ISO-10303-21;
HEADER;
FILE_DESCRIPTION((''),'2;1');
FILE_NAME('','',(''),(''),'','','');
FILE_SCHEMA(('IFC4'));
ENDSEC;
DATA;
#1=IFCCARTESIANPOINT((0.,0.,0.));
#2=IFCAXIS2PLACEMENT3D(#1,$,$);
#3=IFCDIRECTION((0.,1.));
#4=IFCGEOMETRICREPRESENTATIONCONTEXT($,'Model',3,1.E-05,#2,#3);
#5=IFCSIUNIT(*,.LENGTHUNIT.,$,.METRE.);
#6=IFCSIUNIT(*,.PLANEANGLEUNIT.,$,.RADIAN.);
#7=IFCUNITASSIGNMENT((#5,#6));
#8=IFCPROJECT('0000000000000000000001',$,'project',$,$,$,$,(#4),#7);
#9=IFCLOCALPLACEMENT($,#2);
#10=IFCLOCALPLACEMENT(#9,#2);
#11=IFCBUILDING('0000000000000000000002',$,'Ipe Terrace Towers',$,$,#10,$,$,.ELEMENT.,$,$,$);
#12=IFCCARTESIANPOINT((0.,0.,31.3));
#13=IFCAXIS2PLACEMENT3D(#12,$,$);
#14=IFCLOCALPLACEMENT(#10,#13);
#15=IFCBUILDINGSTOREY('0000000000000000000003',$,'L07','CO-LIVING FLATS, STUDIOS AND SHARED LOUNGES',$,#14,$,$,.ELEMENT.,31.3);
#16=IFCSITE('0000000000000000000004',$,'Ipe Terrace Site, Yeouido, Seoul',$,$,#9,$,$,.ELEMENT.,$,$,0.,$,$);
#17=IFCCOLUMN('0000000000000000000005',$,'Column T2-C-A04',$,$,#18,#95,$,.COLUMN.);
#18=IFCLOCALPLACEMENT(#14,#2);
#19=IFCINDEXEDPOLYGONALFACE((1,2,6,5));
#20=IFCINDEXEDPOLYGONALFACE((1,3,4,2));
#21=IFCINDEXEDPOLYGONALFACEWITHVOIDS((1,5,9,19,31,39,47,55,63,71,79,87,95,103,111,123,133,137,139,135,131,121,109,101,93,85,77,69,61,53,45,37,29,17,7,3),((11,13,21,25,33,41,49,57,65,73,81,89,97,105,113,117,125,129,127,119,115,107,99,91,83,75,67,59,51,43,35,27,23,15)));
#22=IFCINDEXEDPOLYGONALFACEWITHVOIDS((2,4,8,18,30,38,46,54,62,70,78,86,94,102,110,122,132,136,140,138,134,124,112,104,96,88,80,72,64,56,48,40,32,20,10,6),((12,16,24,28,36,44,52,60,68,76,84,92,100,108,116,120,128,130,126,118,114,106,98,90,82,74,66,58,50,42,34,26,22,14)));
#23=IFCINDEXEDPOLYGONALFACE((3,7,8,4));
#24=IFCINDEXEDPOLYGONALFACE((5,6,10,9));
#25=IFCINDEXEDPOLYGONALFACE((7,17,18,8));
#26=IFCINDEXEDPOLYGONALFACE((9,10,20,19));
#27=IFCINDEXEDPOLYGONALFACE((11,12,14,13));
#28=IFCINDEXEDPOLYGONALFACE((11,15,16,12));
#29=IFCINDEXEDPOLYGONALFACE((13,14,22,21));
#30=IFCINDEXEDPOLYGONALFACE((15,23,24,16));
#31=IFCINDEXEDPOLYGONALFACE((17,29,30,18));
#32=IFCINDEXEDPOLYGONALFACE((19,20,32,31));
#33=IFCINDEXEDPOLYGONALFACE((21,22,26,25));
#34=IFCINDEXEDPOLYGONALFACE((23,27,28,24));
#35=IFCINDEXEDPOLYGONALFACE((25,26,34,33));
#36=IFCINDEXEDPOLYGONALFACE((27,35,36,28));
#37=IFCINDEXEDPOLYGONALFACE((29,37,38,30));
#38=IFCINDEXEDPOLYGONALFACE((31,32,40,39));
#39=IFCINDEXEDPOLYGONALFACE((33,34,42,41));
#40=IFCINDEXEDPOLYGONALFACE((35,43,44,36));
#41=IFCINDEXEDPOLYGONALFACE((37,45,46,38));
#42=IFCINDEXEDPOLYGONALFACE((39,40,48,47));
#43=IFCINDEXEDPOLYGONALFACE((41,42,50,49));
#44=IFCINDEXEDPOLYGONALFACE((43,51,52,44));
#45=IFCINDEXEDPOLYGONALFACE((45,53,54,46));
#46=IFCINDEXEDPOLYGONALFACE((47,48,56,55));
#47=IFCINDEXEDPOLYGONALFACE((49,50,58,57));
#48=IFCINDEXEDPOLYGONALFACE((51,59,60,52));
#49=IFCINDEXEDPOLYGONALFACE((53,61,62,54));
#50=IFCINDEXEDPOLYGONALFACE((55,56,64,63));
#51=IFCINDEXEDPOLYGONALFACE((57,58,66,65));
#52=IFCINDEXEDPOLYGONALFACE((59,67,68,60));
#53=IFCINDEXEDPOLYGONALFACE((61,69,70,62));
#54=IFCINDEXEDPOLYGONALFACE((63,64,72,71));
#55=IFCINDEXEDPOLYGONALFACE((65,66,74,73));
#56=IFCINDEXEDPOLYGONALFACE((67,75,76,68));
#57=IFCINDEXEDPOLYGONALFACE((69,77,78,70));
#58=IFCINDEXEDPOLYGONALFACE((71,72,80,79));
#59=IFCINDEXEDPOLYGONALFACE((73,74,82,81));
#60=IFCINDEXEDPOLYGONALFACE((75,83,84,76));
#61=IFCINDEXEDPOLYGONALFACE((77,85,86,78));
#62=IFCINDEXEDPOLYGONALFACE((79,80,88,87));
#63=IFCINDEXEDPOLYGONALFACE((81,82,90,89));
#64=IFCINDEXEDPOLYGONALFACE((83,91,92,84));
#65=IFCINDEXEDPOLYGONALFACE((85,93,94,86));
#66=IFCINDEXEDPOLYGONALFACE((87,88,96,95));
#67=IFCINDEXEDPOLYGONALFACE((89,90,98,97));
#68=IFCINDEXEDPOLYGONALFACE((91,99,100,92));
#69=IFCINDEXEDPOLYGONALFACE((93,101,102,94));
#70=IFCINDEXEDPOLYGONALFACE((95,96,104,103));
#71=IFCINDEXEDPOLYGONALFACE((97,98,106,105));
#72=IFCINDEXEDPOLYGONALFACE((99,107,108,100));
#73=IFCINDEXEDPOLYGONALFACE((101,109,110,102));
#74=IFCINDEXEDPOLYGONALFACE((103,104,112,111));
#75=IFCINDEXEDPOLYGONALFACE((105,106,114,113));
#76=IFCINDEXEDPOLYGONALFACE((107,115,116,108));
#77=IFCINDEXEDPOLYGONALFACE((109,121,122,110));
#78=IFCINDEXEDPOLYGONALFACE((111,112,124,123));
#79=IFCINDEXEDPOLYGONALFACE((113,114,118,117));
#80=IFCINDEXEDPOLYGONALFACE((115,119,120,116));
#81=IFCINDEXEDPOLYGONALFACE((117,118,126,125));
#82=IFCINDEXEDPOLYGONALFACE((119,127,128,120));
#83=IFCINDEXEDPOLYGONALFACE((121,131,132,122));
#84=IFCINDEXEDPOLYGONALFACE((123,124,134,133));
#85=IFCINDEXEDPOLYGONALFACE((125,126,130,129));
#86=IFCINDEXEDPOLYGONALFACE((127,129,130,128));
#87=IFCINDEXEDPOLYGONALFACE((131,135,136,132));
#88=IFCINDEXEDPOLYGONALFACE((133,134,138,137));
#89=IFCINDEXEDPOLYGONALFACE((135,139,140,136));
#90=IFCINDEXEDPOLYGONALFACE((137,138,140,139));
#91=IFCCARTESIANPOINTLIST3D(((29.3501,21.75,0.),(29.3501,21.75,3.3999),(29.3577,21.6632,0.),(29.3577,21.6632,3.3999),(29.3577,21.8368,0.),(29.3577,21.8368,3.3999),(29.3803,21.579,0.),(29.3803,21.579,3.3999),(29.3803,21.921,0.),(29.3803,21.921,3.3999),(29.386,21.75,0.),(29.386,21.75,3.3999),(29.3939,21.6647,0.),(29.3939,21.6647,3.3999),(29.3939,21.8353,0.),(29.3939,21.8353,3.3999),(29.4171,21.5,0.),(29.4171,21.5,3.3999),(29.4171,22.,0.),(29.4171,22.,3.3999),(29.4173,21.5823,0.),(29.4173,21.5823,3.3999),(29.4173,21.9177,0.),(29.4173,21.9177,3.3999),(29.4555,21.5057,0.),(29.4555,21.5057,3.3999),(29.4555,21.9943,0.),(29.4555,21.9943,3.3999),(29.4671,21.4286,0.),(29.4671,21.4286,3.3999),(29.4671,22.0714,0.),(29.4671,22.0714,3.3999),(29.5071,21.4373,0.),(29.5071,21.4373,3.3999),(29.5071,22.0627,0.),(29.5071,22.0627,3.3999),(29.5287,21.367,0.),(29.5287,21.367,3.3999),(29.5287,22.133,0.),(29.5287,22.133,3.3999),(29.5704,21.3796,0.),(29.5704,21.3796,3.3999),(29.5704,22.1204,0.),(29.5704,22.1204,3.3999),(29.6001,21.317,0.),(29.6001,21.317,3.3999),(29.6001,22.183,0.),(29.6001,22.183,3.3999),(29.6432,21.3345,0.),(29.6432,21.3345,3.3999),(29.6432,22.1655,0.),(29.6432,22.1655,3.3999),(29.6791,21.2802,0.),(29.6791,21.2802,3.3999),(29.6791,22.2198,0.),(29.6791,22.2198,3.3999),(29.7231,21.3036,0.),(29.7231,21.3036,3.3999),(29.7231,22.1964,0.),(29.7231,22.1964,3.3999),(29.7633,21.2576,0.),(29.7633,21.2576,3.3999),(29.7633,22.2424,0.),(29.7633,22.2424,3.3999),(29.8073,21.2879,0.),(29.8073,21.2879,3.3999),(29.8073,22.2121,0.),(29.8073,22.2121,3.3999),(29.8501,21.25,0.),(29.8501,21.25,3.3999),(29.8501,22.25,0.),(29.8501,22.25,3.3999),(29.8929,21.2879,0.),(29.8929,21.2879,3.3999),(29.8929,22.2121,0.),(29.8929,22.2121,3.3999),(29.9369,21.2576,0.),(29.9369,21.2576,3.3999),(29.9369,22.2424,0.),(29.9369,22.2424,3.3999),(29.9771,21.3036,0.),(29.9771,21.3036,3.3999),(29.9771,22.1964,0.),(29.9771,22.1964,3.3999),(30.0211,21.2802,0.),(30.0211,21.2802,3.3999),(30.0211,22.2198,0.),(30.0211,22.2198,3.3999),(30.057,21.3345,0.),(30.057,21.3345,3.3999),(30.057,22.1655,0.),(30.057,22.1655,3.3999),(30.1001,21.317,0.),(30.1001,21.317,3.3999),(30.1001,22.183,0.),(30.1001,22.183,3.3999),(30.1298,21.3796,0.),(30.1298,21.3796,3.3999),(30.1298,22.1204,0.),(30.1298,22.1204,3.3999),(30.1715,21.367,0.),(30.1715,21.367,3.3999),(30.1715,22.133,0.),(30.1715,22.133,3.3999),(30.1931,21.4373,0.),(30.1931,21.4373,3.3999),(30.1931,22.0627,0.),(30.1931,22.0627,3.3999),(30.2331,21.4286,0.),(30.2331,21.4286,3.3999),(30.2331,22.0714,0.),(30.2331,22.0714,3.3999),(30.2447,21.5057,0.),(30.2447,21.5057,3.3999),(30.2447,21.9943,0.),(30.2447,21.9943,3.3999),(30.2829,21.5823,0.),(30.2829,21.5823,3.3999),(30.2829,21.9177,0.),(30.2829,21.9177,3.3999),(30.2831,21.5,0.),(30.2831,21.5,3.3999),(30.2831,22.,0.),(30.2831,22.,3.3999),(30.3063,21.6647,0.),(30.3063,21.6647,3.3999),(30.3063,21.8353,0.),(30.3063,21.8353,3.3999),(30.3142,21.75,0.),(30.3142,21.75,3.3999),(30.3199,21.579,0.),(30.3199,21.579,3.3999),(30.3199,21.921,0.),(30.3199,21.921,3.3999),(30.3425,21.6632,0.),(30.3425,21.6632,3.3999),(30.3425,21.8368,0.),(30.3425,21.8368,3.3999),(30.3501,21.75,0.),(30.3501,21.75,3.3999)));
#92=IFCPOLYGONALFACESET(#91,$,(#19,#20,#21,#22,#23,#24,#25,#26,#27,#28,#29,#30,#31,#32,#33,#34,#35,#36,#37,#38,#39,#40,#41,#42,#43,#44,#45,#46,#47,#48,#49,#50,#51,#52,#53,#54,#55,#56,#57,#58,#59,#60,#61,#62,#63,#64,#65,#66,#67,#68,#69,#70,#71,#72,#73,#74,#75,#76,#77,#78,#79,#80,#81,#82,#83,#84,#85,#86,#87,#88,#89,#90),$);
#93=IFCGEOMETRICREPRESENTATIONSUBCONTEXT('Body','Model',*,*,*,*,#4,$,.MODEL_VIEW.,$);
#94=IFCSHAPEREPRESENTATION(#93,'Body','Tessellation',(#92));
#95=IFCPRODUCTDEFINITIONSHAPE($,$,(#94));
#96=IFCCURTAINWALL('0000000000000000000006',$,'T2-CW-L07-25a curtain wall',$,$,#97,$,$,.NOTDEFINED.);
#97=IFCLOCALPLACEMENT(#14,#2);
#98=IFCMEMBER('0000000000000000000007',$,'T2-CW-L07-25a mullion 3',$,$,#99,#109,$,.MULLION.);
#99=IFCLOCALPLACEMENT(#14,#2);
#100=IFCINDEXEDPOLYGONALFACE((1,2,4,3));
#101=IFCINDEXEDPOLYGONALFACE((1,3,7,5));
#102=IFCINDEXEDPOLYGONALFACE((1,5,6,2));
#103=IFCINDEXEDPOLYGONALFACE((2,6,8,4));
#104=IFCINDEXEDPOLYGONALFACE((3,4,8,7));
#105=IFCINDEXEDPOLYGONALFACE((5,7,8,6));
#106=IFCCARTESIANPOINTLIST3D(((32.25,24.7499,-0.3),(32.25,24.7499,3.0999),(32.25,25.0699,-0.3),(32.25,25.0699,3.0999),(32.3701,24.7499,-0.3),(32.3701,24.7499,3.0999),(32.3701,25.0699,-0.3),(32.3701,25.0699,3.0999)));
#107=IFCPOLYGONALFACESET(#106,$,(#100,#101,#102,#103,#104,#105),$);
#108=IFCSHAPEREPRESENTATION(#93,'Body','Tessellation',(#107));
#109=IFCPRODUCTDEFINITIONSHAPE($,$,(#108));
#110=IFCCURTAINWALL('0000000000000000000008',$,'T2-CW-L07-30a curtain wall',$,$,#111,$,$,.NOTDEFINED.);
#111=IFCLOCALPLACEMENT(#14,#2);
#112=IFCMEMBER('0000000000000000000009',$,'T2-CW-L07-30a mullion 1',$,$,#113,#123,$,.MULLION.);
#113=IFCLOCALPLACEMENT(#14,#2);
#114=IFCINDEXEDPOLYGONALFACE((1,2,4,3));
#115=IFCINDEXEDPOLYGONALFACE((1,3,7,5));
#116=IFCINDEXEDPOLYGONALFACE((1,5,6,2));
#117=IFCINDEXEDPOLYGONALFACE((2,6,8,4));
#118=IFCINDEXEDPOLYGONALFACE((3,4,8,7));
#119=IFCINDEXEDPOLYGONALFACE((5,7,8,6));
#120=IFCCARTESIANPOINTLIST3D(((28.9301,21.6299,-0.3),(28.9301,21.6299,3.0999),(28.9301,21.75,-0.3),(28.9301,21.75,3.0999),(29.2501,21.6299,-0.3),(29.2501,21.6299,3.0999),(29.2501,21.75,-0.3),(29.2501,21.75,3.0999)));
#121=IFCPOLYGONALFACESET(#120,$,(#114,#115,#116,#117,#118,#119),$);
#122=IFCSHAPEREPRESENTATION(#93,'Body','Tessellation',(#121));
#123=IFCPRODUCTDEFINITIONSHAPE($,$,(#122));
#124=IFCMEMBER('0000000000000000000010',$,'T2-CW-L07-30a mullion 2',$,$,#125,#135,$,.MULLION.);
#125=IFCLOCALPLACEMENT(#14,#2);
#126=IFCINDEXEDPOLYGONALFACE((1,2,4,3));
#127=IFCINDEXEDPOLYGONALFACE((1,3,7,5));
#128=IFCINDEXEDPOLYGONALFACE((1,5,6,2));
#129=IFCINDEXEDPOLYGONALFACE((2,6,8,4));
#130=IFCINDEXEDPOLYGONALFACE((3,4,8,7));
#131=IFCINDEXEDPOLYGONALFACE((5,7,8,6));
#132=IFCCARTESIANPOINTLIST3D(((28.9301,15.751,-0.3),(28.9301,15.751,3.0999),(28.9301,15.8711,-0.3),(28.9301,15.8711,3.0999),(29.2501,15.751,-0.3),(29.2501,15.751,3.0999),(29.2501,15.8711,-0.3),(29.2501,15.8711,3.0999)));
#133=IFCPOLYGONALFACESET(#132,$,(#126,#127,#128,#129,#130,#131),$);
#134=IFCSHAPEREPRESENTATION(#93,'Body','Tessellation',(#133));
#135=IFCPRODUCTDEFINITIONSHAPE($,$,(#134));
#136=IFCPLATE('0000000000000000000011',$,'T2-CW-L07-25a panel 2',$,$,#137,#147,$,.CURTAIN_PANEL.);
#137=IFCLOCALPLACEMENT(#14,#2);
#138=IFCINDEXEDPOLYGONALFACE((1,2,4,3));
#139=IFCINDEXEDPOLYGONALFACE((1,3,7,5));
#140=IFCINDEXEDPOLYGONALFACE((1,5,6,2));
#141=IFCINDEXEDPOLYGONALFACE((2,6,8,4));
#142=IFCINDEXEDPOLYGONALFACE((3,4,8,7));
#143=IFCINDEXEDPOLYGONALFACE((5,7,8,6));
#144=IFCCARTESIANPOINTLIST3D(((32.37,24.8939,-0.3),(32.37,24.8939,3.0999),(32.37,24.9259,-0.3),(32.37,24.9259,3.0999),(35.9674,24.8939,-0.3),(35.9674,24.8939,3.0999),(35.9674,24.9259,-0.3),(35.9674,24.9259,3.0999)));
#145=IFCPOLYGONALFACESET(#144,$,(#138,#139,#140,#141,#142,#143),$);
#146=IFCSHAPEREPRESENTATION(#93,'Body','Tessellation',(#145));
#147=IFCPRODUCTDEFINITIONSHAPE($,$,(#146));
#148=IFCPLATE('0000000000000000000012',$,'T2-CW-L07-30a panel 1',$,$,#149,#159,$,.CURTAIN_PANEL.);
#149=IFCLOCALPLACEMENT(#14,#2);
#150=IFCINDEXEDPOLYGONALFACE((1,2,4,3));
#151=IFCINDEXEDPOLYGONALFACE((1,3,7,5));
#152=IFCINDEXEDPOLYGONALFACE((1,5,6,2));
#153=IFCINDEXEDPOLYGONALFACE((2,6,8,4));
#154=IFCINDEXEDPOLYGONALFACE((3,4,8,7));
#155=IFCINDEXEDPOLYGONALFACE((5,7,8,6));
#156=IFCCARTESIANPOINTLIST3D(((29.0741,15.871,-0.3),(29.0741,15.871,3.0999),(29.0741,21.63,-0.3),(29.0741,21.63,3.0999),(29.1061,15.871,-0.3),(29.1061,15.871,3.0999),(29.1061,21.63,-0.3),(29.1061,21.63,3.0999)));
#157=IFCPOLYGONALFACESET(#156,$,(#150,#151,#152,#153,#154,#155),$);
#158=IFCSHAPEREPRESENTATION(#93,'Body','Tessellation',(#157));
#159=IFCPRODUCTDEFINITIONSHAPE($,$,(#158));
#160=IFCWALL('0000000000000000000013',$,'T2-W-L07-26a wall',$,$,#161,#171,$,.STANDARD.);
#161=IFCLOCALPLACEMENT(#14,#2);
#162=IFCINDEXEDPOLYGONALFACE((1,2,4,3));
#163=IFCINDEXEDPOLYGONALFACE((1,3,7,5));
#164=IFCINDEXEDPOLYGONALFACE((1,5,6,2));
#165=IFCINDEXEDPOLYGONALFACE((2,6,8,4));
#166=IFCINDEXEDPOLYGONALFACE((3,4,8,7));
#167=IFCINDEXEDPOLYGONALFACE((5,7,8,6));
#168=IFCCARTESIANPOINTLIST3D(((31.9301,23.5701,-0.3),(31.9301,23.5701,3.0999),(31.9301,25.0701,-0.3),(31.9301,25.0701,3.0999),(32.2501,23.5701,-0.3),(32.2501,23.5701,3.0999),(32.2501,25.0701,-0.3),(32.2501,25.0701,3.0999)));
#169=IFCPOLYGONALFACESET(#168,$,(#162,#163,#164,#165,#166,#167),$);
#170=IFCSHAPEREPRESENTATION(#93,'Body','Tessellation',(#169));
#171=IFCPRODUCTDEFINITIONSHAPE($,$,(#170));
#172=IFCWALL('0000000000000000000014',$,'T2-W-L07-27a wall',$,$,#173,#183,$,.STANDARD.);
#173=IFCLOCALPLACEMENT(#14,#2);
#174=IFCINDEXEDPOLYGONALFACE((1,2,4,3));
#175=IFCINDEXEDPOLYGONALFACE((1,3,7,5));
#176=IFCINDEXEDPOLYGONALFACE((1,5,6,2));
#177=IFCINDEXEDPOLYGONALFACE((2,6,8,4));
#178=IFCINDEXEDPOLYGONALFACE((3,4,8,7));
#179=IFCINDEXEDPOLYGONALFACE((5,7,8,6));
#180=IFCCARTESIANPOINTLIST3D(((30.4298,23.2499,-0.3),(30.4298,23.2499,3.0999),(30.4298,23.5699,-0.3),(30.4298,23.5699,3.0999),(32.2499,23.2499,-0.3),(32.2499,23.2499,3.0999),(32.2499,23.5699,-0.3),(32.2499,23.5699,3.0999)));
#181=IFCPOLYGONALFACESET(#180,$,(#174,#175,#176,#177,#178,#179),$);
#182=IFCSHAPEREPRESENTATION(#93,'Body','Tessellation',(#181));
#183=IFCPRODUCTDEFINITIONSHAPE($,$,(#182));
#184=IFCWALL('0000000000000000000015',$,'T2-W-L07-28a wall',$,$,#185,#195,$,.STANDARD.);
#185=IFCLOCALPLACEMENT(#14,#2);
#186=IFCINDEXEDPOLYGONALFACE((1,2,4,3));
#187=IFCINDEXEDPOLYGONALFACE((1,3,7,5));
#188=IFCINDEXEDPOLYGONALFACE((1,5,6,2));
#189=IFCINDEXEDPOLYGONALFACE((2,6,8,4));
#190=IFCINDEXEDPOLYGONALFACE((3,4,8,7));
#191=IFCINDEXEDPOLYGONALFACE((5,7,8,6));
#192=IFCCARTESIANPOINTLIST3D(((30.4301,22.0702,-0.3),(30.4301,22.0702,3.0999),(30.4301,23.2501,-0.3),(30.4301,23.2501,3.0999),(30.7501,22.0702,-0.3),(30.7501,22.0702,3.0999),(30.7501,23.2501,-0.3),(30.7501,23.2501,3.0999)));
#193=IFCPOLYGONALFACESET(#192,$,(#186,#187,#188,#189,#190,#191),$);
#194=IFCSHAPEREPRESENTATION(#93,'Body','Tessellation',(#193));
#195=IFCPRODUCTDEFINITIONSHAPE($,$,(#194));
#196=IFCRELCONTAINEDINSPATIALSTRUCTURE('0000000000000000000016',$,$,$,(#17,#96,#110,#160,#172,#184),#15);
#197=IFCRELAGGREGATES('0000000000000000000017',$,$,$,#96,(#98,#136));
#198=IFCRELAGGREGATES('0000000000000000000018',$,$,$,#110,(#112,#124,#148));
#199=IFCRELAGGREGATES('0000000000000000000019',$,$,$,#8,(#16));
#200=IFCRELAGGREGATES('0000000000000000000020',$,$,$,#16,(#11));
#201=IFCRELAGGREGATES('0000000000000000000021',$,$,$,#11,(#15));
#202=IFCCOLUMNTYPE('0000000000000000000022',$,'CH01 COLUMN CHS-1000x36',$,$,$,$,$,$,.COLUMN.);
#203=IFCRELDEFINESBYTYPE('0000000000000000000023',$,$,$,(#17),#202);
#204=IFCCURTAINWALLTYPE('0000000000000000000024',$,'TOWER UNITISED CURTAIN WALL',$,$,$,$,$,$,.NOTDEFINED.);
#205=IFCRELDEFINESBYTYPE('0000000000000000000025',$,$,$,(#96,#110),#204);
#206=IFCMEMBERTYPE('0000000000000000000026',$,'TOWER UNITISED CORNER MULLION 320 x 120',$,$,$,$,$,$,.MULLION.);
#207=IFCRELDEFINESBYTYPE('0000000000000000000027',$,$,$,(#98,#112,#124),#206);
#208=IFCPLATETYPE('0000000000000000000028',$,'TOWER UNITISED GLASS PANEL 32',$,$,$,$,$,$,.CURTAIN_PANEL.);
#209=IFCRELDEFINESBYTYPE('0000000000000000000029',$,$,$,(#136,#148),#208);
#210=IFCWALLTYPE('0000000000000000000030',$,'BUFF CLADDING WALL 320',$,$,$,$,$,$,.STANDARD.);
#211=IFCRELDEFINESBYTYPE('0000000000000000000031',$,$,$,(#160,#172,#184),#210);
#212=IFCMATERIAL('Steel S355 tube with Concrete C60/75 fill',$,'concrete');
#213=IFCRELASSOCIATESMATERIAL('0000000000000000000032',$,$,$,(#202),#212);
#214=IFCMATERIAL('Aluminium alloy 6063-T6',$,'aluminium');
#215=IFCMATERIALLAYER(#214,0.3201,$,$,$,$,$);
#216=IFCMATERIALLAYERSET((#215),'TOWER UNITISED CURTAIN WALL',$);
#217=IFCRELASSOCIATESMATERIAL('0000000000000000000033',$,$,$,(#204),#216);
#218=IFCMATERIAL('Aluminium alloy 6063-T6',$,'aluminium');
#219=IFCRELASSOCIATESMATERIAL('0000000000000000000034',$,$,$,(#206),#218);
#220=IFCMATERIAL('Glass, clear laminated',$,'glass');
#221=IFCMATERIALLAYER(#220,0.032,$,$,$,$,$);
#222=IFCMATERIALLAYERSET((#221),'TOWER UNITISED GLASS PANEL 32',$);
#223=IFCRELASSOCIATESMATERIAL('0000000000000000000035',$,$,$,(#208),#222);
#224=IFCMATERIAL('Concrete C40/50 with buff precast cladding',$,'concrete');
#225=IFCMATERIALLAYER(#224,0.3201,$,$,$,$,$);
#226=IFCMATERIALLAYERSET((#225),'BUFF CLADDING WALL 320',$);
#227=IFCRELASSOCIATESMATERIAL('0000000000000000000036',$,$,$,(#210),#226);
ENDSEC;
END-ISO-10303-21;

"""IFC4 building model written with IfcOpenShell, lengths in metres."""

from ifc_helpers import new_model, si_unit, direction, frame, frame_2d, origin, origin_2d, place, context, subcontext, project, spatial, rectangle, hollow_circle, extrude, material, layer, layer_set, material_profile, profile_set, type_object, element, aggregate, save


model = new_model("IFC4")

# Units and contexts
model_context = context("Model", 3, precision=1e-05, world=origin(), true_north=direction((0.0, 1.0)))
body_context = subcontext(model_context, "Body", "Model", "MODEL_VIEW")
ifc_project = project(units=[si_unit("LENGTHUNIT", "METRE"), si_unit("PLANEANGLEUNIT", "RADIAN")], contexts=[model_context])

# Site, building, storey
site_placement = place(None, origin())
site = spatial("IfcSite", under=ifc_project, at=site_placement, Name="Ipe Terrace Site, Yeouido, Seoul", CompositionType="ELEMENT", RefElevation=0.0)
building_placement = place(site_placement, origin())
building = spatial("IfcBuilding", under=site, at=building_placement, Name="Ipe Terrace Towers", CompositionType="ELEMENT")
storey_placement = place(building_placement, frame((0.0, 0.0, 31.3)))
storey = spatial("IfcBuildingStorey", under=building, at=storey_placement, Name="L07", Description="CO-LIVING FLATS, STUDIOS AND SHARED LOUNGES", CompositionType="ELEMENT", Elevation=31.3)

# Column
ifc_material_1 = material(Name="Steel S355 tube with Concrete C60/75 fill", Category="concrete")
ifc_material_profile_1 = material_profile(ifc_material_1, hollow_circle(Radius=0.5, WallThickness=0.0359, at=origin_2d()), Name="CHS-1000x36")
ifc_profile_set_1 = profile_set([ifc_material_profile_1], Name="Steel S355 tube with Concrete C60/75 fill")
column_type = type_object("IfcColumnType", Name="CH01 COLUMN CHS-1000x36", PredefinedType="COLUMN", material=ifc_profile_set_1)
column_placement = place(storey_placement, frame((29.8501, 21.75, 0.0), z_axis=(0.0, 0.0, 1.0), x_axis=(1.0, 0.0, 0.0)))
element("IfcColumn", 1, at=column_placement, inside=storey, type_object=column_type, Name="Column T2-C-A04", PredefinedType="COLUMN", context=body_context, shape_type="SweptSolid", body=[
    extrude(hollow_circle(Radius=0.5, WallThickness=0.0359, at=origin_2d()), origin(), (0.0, 0.0, 1.0), 3.3999),
])

# Curtain wall, member
ifc_material_2 = material(Name="Aluminium alloy 6063-T6", Category="aluminium")
ifc_layer_1 = layer(ifc_material_2, 0.3201)
ifc_layer_set_1 = layer_set([ifc_layer_1], Name="TOWER UNITISED CURTAIN WALL")
curtain_wall_type = type_object("IfcCurtainWallType", Name="TOWER UNITISED CURTAIN WALL", PredefinedType="NOTDEFINED", material=ifc_layer_set_1)
curtain_wall_1_placement = place(storey_placement, origin())
curtain_wall_1 = element("IfcCurtainWall", 2, at=curtain_wall_1_placement, inside=storey, type_object=curtain_wall_type, Name="T2-CW-L07-25a curtain wall", PredefinedType="NOTDEFINED")
ifc_material_3 = material(Name="Aluminium alloy 6063-T6", Category="aluminium")
ifc_material_profile_2 = material_profile(ifc_material_3, rectangle(XDim=0.3201, YDim=0.1201, at=origin_2d()), Name="TOWER UNITISED CORNER MULLION 320 x 120")
ifc_profile_set_2 = profile_set([ifc_material_profile_2], Name="Aluminium alloy 6063-T6")
member_type = type_object("IfcMemberType", Name="TOWER UNITISED CORNER MULLION 320 x 120", PredefinedType="MULLION", material=ifc_profile_set_2)
member_1_placement = place(storey_placement, frame((32.3101, 24.9099, -0.3), z_axis=(0.0, 0.0, 1.0), x_axis=(0.0, 1.0, 0.0)))
member_1 = element("IfcMember", 3, at=member_1_placement, type_object=member_type, Name="T2-CW-L07-25a mullion 3", PredefinedType="MULLION", context=body_context, shape_type="SweptSolid", body=[
    extrude(rectangle(XDim=0.3201, YDim=0.1201, at=origin_2d()), origin(), (0.0, 0.0, 1.0), 3.3999),
])

# Curtain wall, members
curtain_wall_2_placement = place(storey_placement, origin())
curtain_wall_2 = element("IfcCurtainWall", 4, at=curtain_wall_2_placement, inside=storey, type_object=curtain_wall_type, Name="T2-CW-L07-30a curtain wall", PredefinedType="NOTDEFINED")
member_2_placement = place(storey_placement, frame((29.0901, 21.6899, -0.3), z_axis=(0.0, 0.0, 1.0), x_axis=(-1.0, 0.0, 0.0)))
member_2 = element("IfcMember", 5, at=member_2_placement, type_object=member_type, Name="T2-CW-L07-30a mullion 1", PredefinedType="MULLION", context=body_context, shape_type="SweptSolid", body=[
    extrude(rectangle(XDim=0.3201, YDim=0.1201, at=origin_2d()), origin(), (0.0, 0.0, 1.0), 3.3999),
])
member_3_placement = place(storey_placement, frame((29.0901, 15.811, -0.3), z_axis=(0.0, 0.0, 1.0), x_axis=(-1.0, 0.0, 0.0)))
member_3 = element("IfcMember", 6, at=member_3_placement, type_object=member_type, Name="T2-CW-L07-30a mullion 2", PredefinedType="MULLION", context=body_context, shape_type="SweptSolid", body=[
    extrude(rectangle(XDim=0.3201, YDim=0.1201, at=origin_2d()), origin(), (0.0, 0.0, 1.0), 3.3999),
])

# Plates
ifc_material_4 = material(Name="Glass, clear laminated", Category="glass")
ifc_layer_2 = layer(ifc_material_4, 0.032)
ifc_layer_set_2 = layer_set([ifc_layer_2], Name="TOWER UNITISED GLASS PANEL 32")
plate_type = type_object("IfcPlateType", Name="TOWER UNITISED GLASS PANEL 32", PredefinedType="CURTAIN_PANEL", material=ifc_layer_set_2)
plate_1_placement = place(storey_placement, frame((34.1687, 24.9099, -0.3), z_axis=(0.0, 0.0, 1.0), x_axis=(-1.0, 0.0, 0.0)))
plate_1 = element("IfcPlate", 7, at=plate_1_placement, type_object=plate_type, Name="T2-CW-L07-25a panel 2", PredefinedType="CURTAIN_PANEL", context=body_context, shape_type="SweptSolid", body=[
    extrude(rectangle(XDim=3.5974, YDim=0.032, at=origin_2d()), origin(), (0.0, 0.0, 1.0), 3.3999),
])
aggregate(curtain_wall_1, [member_1, plate_1])
plate_2_placement = place(storey_placement, frame((29.0901, 18.7505, -0.3), z_axis=(0.0, 0.0, 1.0), x_axis=(0.0, -1.0, 0.0)))
plate_2 = element("IfcPlate", 8, at=plate_2_placement, type_object=plate_type, Name="T2-CW-L07-30a panel 1", PredefinedType="CURTAIN_PANEL", context=body_context, shape_type="SweptSolid", body=[
    extrude(rectangle(XDim=5.759, YDim=0.032, at=origin_2d()), origin(), (0.0, 0.0, 1.0), 3.3999),
])
aggregate(curtain_wall_2, [member_2, member_3, plate_2])

# Walls
ifc_material_5 = material(Name="Concrete C40/50 with buff precast cladding", Category="concrete")
ifc_layer_3 = layer(ifc_material_5, 0.3201)
ifc_layer_set_3 = layer_set([ifc_layer_3], Name="BUFF CLADDING WALL 320")
wall_type_1 = type_object("IfcWallType", Name="BUFF CLADDING WALL 320", PredefinedType="STANDARD", material=ifc_layer_set_3)
wall_1_placement = place(storey_placement, frame((32.0901, 25.0701, -0.3), z_axis=(0.0, 0.0, 1.0), x_axis=(0.0, -1.0, 0.0)))
element("IfcWall", 9, at=wall_1_placement, inside=storey, type_object=wall_type_1, Name="T2-W-L07-26a wall", PredefinedType="STANDARD", context=body_context, shape_type="SweptSolid", body=[
    extrude(rectangle(XDim=1.5, YDim=0.3201, at=frame_2d((0.75, 0.0))), origin(), (0.0, 0.0, 1.0), 3.3999),
])
wall_2_placement = place(storey_placement, frame((32.25, 23.4099, -0.3), z_axis=(0.0, 0.0, 1.0), x_axis=(-1.0, 0.0, 0.0)))
element("IfcWall", 10, at=wall_2_placement, inside=storey, type_object=wall_type_1, Name="T2-W-L07-27a wall", PredefinedType="STANDARD", context=body_context, shape_type="SweptSolid", body=[
    extrude(rectangle(XDim=1.8201, YDim=0.3201, at=frame_2d((0.9102, 0.0))), origin(), (0.0, 0.0, 1.0), 3.3999),
])
wall_3_placement = place(storey_placement, frame((30.5901, 23.25, -0.3), z_axis=(0.0, 0.0, 1.0), x_axis=(0.0, -1.0, 0.0)))
element("IfcWall", 11, at=wall_3_placement, inside=storey, type_object=wall_type_1, Name="T2-W-L07-28a wall", PredefinedType="STANDARD", context=body_context, shape_type="SweptSolid", body=[
    extrude(rectangle(XDim=1.1799, YDim=0.3201, at=frame_2d((0.5898, 0.0))), origin(), (0.0, 0.0, 1.0), 3.3999),
])

save(model, "model.ifc")
